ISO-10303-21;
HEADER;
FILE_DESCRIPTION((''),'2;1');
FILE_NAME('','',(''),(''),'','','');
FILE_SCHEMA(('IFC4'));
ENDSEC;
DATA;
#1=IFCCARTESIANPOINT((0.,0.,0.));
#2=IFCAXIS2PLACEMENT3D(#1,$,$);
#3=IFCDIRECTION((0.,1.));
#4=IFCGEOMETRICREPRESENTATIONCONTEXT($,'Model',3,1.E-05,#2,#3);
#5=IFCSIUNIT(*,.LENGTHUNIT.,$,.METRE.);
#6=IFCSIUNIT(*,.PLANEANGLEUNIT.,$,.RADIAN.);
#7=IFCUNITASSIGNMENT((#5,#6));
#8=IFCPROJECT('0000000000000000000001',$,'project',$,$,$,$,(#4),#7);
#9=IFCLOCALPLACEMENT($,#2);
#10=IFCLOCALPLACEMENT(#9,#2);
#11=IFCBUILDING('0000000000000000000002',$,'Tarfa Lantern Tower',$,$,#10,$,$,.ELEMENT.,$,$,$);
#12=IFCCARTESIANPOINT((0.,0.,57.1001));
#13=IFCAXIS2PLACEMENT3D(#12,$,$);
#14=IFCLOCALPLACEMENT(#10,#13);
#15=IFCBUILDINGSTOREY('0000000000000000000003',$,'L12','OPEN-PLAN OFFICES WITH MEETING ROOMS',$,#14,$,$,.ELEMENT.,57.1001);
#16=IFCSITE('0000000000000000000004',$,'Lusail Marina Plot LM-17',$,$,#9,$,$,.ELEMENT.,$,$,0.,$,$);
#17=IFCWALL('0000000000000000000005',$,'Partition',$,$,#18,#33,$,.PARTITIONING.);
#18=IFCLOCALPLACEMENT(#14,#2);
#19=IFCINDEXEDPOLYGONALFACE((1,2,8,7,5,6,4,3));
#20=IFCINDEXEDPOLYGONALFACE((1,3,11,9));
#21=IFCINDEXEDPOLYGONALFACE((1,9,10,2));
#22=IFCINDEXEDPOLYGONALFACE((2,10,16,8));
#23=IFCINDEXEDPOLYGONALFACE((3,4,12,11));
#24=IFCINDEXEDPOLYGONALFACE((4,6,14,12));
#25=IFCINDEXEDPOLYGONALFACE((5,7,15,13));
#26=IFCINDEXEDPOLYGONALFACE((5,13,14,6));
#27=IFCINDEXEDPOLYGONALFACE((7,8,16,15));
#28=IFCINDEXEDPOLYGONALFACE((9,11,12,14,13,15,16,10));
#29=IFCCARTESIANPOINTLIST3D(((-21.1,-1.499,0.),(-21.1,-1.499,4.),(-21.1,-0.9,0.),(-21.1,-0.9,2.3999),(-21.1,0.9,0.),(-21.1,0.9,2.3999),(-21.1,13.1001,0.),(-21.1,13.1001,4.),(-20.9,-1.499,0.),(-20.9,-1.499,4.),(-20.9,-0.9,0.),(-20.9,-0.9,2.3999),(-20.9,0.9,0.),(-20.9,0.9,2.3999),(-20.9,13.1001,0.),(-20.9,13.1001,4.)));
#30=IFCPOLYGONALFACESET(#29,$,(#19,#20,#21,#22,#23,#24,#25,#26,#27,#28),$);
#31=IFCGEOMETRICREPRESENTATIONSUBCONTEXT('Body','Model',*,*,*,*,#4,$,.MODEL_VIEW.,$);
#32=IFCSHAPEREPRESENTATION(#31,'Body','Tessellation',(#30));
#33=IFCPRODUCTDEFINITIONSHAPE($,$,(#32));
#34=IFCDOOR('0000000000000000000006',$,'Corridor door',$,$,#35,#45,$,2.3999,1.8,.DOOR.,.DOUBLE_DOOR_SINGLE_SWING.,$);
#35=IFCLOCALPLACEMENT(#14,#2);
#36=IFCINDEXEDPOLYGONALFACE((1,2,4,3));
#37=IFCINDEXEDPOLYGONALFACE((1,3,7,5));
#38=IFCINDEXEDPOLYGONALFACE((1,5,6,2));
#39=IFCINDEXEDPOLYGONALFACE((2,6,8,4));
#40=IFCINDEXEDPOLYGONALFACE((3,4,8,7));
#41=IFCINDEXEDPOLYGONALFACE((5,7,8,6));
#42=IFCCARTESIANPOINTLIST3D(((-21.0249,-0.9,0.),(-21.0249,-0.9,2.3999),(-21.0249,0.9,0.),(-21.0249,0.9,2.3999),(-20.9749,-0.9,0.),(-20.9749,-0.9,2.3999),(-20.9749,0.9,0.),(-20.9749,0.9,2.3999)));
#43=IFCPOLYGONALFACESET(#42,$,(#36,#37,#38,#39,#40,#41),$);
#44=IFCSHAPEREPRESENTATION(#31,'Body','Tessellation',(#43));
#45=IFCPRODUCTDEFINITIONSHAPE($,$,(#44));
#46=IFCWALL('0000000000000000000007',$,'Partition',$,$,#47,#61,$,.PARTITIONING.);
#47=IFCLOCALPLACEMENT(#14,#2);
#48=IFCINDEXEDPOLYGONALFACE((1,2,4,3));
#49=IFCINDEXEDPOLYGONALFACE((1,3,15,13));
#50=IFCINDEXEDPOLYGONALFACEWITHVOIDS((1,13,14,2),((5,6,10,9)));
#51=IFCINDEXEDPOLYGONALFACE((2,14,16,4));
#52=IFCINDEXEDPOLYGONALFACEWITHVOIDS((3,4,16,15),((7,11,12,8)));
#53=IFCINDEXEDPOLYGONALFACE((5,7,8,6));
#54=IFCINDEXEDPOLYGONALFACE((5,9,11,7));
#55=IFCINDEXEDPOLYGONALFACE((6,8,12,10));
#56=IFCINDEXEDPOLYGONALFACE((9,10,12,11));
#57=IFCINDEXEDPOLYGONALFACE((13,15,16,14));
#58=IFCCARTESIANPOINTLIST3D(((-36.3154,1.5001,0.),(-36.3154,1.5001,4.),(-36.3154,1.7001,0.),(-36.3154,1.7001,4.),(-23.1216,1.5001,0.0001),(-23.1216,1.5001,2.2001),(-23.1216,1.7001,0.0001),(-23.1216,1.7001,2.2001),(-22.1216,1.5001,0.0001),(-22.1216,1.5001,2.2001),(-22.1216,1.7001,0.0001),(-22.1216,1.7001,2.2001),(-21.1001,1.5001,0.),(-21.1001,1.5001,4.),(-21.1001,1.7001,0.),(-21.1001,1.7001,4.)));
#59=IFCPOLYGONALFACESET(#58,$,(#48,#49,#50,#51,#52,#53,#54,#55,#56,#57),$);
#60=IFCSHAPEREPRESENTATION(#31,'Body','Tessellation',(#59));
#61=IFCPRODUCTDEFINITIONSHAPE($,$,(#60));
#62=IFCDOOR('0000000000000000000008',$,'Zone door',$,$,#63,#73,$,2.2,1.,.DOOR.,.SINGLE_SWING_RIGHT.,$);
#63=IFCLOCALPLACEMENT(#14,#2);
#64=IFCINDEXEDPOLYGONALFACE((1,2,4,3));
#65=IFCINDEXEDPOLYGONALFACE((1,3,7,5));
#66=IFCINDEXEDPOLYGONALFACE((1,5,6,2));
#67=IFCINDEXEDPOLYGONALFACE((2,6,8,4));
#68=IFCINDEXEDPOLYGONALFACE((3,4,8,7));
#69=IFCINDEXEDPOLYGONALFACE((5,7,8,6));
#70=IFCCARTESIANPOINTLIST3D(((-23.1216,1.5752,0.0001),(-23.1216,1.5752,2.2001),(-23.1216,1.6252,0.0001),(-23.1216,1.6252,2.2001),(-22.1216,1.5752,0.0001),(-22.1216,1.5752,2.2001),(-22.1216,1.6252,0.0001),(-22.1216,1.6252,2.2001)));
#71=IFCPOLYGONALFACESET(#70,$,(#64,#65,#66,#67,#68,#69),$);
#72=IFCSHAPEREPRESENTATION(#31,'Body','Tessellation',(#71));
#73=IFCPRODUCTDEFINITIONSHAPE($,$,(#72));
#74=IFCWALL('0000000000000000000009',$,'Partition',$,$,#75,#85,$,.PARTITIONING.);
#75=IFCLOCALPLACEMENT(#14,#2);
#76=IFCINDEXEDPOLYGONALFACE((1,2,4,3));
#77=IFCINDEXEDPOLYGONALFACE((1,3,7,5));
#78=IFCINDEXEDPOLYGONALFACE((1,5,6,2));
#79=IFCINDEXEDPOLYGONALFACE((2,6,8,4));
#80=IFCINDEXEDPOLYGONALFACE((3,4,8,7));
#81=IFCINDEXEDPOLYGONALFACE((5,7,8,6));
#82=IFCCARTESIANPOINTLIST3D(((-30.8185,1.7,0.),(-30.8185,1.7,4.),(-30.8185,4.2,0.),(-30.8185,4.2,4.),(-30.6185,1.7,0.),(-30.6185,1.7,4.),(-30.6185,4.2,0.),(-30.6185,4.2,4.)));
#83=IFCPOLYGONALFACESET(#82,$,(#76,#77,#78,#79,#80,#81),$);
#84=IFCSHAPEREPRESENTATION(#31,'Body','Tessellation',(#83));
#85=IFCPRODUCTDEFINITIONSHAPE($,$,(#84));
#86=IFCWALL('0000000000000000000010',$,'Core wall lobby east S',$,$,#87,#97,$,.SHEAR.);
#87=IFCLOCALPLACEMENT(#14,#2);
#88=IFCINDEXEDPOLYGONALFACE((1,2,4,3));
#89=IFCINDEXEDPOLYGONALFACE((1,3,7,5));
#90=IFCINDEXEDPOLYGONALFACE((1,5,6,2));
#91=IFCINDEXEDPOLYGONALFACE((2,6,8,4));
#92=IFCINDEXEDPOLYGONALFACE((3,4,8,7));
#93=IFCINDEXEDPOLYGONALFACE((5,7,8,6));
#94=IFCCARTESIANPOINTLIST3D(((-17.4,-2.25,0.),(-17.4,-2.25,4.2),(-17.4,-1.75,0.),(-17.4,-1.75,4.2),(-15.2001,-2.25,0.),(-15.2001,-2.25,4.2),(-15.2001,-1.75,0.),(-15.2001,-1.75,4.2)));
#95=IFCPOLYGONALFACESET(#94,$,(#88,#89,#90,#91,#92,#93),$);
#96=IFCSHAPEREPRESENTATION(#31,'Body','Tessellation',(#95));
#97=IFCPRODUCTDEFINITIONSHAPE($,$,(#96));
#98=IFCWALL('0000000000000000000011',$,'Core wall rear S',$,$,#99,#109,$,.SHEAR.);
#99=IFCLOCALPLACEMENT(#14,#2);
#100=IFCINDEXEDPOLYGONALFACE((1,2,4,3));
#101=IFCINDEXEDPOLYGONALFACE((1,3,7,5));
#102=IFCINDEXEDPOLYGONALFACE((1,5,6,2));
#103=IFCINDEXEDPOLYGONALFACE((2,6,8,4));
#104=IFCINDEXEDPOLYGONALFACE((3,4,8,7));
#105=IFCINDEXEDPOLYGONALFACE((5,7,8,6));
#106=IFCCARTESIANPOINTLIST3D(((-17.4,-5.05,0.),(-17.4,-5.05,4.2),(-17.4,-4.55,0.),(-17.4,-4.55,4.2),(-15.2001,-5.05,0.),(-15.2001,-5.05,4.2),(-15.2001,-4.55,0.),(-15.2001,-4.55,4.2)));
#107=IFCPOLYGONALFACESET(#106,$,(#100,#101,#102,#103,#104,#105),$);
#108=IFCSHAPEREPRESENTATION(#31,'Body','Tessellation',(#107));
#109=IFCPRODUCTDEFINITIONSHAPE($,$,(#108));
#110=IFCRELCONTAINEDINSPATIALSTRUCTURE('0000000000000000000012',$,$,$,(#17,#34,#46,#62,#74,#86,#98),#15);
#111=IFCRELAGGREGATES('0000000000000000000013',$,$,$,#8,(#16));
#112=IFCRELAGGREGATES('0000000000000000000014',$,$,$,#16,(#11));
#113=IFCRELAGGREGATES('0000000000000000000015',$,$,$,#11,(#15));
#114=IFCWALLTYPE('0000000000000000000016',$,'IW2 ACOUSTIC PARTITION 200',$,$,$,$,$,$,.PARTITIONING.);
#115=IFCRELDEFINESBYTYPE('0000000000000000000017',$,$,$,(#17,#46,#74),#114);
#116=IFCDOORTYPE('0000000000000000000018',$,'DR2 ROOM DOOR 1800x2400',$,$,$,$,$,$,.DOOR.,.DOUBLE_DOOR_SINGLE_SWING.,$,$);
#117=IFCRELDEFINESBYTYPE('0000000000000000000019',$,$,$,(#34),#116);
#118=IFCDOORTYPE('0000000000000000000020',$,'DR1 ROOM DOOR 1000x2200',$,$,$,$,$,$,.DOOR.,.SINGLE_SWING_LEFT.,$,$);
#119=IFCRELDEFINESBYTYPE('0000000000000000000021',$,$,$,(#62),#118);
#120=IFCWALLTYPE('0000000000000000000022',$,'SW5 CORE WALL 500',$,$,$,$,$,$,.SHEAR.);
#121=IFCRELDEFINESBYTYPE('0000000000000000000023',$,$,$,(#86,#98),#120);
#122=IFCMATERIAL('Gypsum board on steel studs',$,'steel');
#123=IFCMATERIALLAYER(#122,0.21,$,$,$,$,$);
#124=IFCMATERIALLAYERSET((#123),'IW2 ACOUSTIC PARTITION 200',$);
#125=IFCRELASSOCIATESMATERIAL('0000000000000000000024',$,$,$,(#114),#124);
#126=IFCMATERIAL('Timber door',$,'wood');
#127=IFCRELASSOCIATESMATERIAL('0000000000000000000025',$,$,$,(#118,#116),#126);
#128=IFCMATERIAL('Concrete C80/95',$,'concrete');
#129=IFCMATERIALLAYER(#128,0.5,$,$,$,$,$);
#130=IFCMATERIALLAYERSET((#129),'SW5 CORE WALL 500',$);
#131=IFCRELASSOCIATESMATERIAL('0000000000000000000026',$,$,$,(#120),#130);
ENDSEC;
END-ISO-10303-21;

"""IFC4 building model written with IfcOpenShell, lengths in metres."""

from ifc_helpers import new_model, si_unit, direction, frame, frame_2d, origin, place, context, subcontext, project, spatial, rectangle, extrude, material, layer, layer_set, type_object, element, fill, save


model = new_model("IFC4")

# Units and contexts
model_context = context("Model", 3, precision=1e-05, world=origin(), true_north=direction((0.0, 1.0)))
body_context = subcontext(model_context, "Body", "Model", "MODEL_VIEW")
ifc_project = project(units=[si_unit("LENGTHUNIT", "METRE"), si_unit("PLANEANGLEUNIT", "RADIAN")], contexts=[model_context])

# Site, building, storey
site_placement = place(None, origin())
site = spatial("IfcSite", under=ifc_project, at=site_placement, Name="Lusail Marina Plot LM-17", CompositionType="ELEMENT", RefElevation=0.0)
building_placement = place(site_placement, origin())
building = spatial("IfcBuilding", under=site, at=building_placement, Name="Tarfa Lantern Tower", CompositionType="ELEMENT")
storey_placement = place(building_placement, frame((0.0, 0.0, 57.1001)))
storey = spatial("IfcBuildingStorey", under=building, at=storey_placement, Name="L12", Description="OPEN-PLAN OFFICES WITH MEETING ROOMS", CompositionType="ELEMENT", Elevation=57.1001)

# Shared definitions
ifc_material_1 = material(Name="Concrete C80/95", Category="concrete")

# Shared definitions
ifc_material_2 = material(Name="Gypsum board on steel studs", Category="steel")
ifc_layer_1 = layer(ifc_material_2, 0.21)
ifc_layer_set_1 = layer_set([ifc_layer_1], Name="IW2 ACOUSTIC PARTITION 200")
wall_type_1 = type_object("IfcWallType", Name="IW2 ACOUSTIC PARTITION 200", PredefinedType="PARTITIONING", material=ifc_layer_set_1)
ifc_material_3 = material(Name="Timber door", Category="wood")
door_type_1 = type_object("IfcDoorType", Name="DR1 ROOM DOOR 1000x2200", OperationType="SINGLE_SWING_LEFT", PredefinedType="DOOR", material=ifc_material_3)

# Walls, openings, doors
wall_1_placement = place(storey_placement, frame((-21.0, -1.499, 0.0), z_axis=(0.0, 0.0, 1.0), x_axis=(0.0, 1.0, 0.0)))
wall_1 = element("IfcWall", 1, at=wall_1_placement, inside=storey, type_object=wall_type_1, Name="Partition", PredefinedType="PARTITIONING", context=body_context, shape_type="SweptSolid", body=[
    extrude(rectangle(XDim=14.5991, YDim=0.2, at=frame_2d((7.2996, 0.0))), origin(), (0.0, 0.0, 1.0), 4.0),
])
opening_1_placement = place(wall_1_placement, frame((0.5991, 0.0, 0.0)))
opening_1 = element("IfcOpeningElement", 2, at=opening_1_placement, cuts=wall_1, PredefinedType="OPENING", context=body_context, shape_type="SweptSolid", body=[
    extrude(rectangle(XDim=1.8, YDim=2.3999, at=frame_2d((0.8999, 1.2))), frame((0.0, 0.1099, 0.0), z_axis=(0.0, -1.0, 0.0), x_axis=(1.0, 0.0, 0.0)), (0.0, 0.0, 1.0), 0.22),
])
door_type_2 = type_object("IfcDoorType", Name="DR2 ROOM DOOR 1800x2400", OperationType="DOUBLE_DOOR_SINGLE_SWING", PredefinedType="DOOR", material=ifc_material_3)
door_1_placement = place(opening_1_placement, origin())
door_1 = element("IfcDoor", 3, at=door_1_placement, inside=storey, type_object=door_type_2, Name="Corridor door", OperationType="DOUBLE_DOOR_SINGLE_SWING", OverallHeight=2.3999, OverallWidth=1.8, PredefinedType="DOOR", context=body_context, shape_type="SweptSolid", body=[
    extrude(rectangle(XDim=1.8, YDim=2.3999, at=frame_2d((0.8999, 1.2))), frame((0.0, 0.0249, 0.0), z_axis=(0.0, -1.0, 0.0), x_axis=(1.0, 0.0, 0.0)), (0.0, 0.0, 1.0), 0.05),
])
fill(opening_1, door_1)
wall_2_placement = place(storey_placement, frame((-21.1001, 1.6001, 0.0), z_axis=(0.0, 0.0, 1.0), x_axis=(-1.0, 0.0, 0.0)))
wall_2 = element("IfcWall", 4, at=wall_2_placement, inside=storey, type_object=wall_type_1, Name="Partition", PredefinedType="PARTITIONING", context=body_context, shape_type="SweptSolid", body=[
    extrude(rectangle(XDim=15.2153, YDim=0.2, at=frame_2d((7.6077, 0.0))), origin(), (0.0, 0.0, 1.0), 4.0),
])
opening_2_placement = place(wall_2_placement, frame((1.0215, 0.0, 0.0)))
opening_2 = element("IfcOpeningElement", 5, at=opening_2_placement, cuts=wall_2, PredefinedType="OPENING", context=body_context, shape_type="SweptSolid", body=[
    extrude(rectangle(XDim=1.0, YDim=2.2, at=frame_2d((0.5, 1.1001))), frame((0.0, 0.1099, 0.0), z_axis=(0.0, -1.0, 0.0), x_axis=(1.0, 0.0, 0.0)), (0.0, 0.0, 1.0), 0.22),
])
door_2_placement = place(opening_2_placement, origin())
door_2 = element("IfcDoor", 6, at=door_2_placement, inside=storey, type_object=door_type_1, Name="Zone door", OperationType="SINGLE_SWING_RIGHT", OverallHeight=2.2, OverallWidth=1.0, PredefinedType="DOOR", context=body_context, shape_type="SweptSolid", body=[
    extrude(rectangle(XDim=1.0, YDim=2.2, at=frame_2d((0.5, 1.1001))), frame((0.0, 0.0249, 0.0), z_axis=(0.0, -1.0, 0.0), x_axis=(1.0, 0.0, 0.0)), (0.0, 0.0, 1.0), 0.05),
])
fill(opening_2, door_2)

# Walls
wall_3_placement = place(storey_placement, frame((-30.7185, 1.7, 0.0), z_axis=(0.0, 0.0, 1.0), x_axis=(0.0, 1.0, 0.0)))
element("IfcWall", 7, at=wall_3_placement, inside=storey, type_object=wall_type_1, Name="Partition", PredefinedType="PARTITIONING", context=body_context, shape_type="SweptSolid", body=[
    extrude(rectangle(XDim=2.5, YDim=0.2, at=frame_2d((1.25, 0.0))), origin(), (0.0, 0.0, 1.0), 4.0),
])
ifc_layer_2 = layer(ifc_material_1, 0.5)
ifc_layer_set_2 = layer_set([ifc_layer_2], Name="SW5 CORE WALL 500")
wall_type_2 = type_object("IfcWallType", Name="SW5 CORE WALL 500", PredefinedType="SHEAR", material=ifc_layer_set_2)
for number, where, z_axis, x_axis, name in (
    (8, (-15.2, -2.0, 0.0), (0.0, 0.0, 1.0), (-1.0, 0.0, 0.0), "Core wall lobby east S"),
    (9, (-15.2, -4.8, 0.0), (0.0, 0.0, 1.0), (-1.0, 0.0, 0.0), "Core wall rear S"),
):
    element("IfcWall", number, at=place(storey_placement, frame(where, z_axis=z_axis, x_axis=x_axis)), inside=storey, type_object=wall_type_2, Name=name, PredefinedType="SHEAR", context=body_context, shape_type="SweptSolid", body=[
        extrude(rectangle(XDim=2.2, YDim=0.5, at=frame_2d((1.1001, 0.0))), origin(), (0.0, 0.0, 1.0), 4.2),
    ])

save(model, "model.ifc")
